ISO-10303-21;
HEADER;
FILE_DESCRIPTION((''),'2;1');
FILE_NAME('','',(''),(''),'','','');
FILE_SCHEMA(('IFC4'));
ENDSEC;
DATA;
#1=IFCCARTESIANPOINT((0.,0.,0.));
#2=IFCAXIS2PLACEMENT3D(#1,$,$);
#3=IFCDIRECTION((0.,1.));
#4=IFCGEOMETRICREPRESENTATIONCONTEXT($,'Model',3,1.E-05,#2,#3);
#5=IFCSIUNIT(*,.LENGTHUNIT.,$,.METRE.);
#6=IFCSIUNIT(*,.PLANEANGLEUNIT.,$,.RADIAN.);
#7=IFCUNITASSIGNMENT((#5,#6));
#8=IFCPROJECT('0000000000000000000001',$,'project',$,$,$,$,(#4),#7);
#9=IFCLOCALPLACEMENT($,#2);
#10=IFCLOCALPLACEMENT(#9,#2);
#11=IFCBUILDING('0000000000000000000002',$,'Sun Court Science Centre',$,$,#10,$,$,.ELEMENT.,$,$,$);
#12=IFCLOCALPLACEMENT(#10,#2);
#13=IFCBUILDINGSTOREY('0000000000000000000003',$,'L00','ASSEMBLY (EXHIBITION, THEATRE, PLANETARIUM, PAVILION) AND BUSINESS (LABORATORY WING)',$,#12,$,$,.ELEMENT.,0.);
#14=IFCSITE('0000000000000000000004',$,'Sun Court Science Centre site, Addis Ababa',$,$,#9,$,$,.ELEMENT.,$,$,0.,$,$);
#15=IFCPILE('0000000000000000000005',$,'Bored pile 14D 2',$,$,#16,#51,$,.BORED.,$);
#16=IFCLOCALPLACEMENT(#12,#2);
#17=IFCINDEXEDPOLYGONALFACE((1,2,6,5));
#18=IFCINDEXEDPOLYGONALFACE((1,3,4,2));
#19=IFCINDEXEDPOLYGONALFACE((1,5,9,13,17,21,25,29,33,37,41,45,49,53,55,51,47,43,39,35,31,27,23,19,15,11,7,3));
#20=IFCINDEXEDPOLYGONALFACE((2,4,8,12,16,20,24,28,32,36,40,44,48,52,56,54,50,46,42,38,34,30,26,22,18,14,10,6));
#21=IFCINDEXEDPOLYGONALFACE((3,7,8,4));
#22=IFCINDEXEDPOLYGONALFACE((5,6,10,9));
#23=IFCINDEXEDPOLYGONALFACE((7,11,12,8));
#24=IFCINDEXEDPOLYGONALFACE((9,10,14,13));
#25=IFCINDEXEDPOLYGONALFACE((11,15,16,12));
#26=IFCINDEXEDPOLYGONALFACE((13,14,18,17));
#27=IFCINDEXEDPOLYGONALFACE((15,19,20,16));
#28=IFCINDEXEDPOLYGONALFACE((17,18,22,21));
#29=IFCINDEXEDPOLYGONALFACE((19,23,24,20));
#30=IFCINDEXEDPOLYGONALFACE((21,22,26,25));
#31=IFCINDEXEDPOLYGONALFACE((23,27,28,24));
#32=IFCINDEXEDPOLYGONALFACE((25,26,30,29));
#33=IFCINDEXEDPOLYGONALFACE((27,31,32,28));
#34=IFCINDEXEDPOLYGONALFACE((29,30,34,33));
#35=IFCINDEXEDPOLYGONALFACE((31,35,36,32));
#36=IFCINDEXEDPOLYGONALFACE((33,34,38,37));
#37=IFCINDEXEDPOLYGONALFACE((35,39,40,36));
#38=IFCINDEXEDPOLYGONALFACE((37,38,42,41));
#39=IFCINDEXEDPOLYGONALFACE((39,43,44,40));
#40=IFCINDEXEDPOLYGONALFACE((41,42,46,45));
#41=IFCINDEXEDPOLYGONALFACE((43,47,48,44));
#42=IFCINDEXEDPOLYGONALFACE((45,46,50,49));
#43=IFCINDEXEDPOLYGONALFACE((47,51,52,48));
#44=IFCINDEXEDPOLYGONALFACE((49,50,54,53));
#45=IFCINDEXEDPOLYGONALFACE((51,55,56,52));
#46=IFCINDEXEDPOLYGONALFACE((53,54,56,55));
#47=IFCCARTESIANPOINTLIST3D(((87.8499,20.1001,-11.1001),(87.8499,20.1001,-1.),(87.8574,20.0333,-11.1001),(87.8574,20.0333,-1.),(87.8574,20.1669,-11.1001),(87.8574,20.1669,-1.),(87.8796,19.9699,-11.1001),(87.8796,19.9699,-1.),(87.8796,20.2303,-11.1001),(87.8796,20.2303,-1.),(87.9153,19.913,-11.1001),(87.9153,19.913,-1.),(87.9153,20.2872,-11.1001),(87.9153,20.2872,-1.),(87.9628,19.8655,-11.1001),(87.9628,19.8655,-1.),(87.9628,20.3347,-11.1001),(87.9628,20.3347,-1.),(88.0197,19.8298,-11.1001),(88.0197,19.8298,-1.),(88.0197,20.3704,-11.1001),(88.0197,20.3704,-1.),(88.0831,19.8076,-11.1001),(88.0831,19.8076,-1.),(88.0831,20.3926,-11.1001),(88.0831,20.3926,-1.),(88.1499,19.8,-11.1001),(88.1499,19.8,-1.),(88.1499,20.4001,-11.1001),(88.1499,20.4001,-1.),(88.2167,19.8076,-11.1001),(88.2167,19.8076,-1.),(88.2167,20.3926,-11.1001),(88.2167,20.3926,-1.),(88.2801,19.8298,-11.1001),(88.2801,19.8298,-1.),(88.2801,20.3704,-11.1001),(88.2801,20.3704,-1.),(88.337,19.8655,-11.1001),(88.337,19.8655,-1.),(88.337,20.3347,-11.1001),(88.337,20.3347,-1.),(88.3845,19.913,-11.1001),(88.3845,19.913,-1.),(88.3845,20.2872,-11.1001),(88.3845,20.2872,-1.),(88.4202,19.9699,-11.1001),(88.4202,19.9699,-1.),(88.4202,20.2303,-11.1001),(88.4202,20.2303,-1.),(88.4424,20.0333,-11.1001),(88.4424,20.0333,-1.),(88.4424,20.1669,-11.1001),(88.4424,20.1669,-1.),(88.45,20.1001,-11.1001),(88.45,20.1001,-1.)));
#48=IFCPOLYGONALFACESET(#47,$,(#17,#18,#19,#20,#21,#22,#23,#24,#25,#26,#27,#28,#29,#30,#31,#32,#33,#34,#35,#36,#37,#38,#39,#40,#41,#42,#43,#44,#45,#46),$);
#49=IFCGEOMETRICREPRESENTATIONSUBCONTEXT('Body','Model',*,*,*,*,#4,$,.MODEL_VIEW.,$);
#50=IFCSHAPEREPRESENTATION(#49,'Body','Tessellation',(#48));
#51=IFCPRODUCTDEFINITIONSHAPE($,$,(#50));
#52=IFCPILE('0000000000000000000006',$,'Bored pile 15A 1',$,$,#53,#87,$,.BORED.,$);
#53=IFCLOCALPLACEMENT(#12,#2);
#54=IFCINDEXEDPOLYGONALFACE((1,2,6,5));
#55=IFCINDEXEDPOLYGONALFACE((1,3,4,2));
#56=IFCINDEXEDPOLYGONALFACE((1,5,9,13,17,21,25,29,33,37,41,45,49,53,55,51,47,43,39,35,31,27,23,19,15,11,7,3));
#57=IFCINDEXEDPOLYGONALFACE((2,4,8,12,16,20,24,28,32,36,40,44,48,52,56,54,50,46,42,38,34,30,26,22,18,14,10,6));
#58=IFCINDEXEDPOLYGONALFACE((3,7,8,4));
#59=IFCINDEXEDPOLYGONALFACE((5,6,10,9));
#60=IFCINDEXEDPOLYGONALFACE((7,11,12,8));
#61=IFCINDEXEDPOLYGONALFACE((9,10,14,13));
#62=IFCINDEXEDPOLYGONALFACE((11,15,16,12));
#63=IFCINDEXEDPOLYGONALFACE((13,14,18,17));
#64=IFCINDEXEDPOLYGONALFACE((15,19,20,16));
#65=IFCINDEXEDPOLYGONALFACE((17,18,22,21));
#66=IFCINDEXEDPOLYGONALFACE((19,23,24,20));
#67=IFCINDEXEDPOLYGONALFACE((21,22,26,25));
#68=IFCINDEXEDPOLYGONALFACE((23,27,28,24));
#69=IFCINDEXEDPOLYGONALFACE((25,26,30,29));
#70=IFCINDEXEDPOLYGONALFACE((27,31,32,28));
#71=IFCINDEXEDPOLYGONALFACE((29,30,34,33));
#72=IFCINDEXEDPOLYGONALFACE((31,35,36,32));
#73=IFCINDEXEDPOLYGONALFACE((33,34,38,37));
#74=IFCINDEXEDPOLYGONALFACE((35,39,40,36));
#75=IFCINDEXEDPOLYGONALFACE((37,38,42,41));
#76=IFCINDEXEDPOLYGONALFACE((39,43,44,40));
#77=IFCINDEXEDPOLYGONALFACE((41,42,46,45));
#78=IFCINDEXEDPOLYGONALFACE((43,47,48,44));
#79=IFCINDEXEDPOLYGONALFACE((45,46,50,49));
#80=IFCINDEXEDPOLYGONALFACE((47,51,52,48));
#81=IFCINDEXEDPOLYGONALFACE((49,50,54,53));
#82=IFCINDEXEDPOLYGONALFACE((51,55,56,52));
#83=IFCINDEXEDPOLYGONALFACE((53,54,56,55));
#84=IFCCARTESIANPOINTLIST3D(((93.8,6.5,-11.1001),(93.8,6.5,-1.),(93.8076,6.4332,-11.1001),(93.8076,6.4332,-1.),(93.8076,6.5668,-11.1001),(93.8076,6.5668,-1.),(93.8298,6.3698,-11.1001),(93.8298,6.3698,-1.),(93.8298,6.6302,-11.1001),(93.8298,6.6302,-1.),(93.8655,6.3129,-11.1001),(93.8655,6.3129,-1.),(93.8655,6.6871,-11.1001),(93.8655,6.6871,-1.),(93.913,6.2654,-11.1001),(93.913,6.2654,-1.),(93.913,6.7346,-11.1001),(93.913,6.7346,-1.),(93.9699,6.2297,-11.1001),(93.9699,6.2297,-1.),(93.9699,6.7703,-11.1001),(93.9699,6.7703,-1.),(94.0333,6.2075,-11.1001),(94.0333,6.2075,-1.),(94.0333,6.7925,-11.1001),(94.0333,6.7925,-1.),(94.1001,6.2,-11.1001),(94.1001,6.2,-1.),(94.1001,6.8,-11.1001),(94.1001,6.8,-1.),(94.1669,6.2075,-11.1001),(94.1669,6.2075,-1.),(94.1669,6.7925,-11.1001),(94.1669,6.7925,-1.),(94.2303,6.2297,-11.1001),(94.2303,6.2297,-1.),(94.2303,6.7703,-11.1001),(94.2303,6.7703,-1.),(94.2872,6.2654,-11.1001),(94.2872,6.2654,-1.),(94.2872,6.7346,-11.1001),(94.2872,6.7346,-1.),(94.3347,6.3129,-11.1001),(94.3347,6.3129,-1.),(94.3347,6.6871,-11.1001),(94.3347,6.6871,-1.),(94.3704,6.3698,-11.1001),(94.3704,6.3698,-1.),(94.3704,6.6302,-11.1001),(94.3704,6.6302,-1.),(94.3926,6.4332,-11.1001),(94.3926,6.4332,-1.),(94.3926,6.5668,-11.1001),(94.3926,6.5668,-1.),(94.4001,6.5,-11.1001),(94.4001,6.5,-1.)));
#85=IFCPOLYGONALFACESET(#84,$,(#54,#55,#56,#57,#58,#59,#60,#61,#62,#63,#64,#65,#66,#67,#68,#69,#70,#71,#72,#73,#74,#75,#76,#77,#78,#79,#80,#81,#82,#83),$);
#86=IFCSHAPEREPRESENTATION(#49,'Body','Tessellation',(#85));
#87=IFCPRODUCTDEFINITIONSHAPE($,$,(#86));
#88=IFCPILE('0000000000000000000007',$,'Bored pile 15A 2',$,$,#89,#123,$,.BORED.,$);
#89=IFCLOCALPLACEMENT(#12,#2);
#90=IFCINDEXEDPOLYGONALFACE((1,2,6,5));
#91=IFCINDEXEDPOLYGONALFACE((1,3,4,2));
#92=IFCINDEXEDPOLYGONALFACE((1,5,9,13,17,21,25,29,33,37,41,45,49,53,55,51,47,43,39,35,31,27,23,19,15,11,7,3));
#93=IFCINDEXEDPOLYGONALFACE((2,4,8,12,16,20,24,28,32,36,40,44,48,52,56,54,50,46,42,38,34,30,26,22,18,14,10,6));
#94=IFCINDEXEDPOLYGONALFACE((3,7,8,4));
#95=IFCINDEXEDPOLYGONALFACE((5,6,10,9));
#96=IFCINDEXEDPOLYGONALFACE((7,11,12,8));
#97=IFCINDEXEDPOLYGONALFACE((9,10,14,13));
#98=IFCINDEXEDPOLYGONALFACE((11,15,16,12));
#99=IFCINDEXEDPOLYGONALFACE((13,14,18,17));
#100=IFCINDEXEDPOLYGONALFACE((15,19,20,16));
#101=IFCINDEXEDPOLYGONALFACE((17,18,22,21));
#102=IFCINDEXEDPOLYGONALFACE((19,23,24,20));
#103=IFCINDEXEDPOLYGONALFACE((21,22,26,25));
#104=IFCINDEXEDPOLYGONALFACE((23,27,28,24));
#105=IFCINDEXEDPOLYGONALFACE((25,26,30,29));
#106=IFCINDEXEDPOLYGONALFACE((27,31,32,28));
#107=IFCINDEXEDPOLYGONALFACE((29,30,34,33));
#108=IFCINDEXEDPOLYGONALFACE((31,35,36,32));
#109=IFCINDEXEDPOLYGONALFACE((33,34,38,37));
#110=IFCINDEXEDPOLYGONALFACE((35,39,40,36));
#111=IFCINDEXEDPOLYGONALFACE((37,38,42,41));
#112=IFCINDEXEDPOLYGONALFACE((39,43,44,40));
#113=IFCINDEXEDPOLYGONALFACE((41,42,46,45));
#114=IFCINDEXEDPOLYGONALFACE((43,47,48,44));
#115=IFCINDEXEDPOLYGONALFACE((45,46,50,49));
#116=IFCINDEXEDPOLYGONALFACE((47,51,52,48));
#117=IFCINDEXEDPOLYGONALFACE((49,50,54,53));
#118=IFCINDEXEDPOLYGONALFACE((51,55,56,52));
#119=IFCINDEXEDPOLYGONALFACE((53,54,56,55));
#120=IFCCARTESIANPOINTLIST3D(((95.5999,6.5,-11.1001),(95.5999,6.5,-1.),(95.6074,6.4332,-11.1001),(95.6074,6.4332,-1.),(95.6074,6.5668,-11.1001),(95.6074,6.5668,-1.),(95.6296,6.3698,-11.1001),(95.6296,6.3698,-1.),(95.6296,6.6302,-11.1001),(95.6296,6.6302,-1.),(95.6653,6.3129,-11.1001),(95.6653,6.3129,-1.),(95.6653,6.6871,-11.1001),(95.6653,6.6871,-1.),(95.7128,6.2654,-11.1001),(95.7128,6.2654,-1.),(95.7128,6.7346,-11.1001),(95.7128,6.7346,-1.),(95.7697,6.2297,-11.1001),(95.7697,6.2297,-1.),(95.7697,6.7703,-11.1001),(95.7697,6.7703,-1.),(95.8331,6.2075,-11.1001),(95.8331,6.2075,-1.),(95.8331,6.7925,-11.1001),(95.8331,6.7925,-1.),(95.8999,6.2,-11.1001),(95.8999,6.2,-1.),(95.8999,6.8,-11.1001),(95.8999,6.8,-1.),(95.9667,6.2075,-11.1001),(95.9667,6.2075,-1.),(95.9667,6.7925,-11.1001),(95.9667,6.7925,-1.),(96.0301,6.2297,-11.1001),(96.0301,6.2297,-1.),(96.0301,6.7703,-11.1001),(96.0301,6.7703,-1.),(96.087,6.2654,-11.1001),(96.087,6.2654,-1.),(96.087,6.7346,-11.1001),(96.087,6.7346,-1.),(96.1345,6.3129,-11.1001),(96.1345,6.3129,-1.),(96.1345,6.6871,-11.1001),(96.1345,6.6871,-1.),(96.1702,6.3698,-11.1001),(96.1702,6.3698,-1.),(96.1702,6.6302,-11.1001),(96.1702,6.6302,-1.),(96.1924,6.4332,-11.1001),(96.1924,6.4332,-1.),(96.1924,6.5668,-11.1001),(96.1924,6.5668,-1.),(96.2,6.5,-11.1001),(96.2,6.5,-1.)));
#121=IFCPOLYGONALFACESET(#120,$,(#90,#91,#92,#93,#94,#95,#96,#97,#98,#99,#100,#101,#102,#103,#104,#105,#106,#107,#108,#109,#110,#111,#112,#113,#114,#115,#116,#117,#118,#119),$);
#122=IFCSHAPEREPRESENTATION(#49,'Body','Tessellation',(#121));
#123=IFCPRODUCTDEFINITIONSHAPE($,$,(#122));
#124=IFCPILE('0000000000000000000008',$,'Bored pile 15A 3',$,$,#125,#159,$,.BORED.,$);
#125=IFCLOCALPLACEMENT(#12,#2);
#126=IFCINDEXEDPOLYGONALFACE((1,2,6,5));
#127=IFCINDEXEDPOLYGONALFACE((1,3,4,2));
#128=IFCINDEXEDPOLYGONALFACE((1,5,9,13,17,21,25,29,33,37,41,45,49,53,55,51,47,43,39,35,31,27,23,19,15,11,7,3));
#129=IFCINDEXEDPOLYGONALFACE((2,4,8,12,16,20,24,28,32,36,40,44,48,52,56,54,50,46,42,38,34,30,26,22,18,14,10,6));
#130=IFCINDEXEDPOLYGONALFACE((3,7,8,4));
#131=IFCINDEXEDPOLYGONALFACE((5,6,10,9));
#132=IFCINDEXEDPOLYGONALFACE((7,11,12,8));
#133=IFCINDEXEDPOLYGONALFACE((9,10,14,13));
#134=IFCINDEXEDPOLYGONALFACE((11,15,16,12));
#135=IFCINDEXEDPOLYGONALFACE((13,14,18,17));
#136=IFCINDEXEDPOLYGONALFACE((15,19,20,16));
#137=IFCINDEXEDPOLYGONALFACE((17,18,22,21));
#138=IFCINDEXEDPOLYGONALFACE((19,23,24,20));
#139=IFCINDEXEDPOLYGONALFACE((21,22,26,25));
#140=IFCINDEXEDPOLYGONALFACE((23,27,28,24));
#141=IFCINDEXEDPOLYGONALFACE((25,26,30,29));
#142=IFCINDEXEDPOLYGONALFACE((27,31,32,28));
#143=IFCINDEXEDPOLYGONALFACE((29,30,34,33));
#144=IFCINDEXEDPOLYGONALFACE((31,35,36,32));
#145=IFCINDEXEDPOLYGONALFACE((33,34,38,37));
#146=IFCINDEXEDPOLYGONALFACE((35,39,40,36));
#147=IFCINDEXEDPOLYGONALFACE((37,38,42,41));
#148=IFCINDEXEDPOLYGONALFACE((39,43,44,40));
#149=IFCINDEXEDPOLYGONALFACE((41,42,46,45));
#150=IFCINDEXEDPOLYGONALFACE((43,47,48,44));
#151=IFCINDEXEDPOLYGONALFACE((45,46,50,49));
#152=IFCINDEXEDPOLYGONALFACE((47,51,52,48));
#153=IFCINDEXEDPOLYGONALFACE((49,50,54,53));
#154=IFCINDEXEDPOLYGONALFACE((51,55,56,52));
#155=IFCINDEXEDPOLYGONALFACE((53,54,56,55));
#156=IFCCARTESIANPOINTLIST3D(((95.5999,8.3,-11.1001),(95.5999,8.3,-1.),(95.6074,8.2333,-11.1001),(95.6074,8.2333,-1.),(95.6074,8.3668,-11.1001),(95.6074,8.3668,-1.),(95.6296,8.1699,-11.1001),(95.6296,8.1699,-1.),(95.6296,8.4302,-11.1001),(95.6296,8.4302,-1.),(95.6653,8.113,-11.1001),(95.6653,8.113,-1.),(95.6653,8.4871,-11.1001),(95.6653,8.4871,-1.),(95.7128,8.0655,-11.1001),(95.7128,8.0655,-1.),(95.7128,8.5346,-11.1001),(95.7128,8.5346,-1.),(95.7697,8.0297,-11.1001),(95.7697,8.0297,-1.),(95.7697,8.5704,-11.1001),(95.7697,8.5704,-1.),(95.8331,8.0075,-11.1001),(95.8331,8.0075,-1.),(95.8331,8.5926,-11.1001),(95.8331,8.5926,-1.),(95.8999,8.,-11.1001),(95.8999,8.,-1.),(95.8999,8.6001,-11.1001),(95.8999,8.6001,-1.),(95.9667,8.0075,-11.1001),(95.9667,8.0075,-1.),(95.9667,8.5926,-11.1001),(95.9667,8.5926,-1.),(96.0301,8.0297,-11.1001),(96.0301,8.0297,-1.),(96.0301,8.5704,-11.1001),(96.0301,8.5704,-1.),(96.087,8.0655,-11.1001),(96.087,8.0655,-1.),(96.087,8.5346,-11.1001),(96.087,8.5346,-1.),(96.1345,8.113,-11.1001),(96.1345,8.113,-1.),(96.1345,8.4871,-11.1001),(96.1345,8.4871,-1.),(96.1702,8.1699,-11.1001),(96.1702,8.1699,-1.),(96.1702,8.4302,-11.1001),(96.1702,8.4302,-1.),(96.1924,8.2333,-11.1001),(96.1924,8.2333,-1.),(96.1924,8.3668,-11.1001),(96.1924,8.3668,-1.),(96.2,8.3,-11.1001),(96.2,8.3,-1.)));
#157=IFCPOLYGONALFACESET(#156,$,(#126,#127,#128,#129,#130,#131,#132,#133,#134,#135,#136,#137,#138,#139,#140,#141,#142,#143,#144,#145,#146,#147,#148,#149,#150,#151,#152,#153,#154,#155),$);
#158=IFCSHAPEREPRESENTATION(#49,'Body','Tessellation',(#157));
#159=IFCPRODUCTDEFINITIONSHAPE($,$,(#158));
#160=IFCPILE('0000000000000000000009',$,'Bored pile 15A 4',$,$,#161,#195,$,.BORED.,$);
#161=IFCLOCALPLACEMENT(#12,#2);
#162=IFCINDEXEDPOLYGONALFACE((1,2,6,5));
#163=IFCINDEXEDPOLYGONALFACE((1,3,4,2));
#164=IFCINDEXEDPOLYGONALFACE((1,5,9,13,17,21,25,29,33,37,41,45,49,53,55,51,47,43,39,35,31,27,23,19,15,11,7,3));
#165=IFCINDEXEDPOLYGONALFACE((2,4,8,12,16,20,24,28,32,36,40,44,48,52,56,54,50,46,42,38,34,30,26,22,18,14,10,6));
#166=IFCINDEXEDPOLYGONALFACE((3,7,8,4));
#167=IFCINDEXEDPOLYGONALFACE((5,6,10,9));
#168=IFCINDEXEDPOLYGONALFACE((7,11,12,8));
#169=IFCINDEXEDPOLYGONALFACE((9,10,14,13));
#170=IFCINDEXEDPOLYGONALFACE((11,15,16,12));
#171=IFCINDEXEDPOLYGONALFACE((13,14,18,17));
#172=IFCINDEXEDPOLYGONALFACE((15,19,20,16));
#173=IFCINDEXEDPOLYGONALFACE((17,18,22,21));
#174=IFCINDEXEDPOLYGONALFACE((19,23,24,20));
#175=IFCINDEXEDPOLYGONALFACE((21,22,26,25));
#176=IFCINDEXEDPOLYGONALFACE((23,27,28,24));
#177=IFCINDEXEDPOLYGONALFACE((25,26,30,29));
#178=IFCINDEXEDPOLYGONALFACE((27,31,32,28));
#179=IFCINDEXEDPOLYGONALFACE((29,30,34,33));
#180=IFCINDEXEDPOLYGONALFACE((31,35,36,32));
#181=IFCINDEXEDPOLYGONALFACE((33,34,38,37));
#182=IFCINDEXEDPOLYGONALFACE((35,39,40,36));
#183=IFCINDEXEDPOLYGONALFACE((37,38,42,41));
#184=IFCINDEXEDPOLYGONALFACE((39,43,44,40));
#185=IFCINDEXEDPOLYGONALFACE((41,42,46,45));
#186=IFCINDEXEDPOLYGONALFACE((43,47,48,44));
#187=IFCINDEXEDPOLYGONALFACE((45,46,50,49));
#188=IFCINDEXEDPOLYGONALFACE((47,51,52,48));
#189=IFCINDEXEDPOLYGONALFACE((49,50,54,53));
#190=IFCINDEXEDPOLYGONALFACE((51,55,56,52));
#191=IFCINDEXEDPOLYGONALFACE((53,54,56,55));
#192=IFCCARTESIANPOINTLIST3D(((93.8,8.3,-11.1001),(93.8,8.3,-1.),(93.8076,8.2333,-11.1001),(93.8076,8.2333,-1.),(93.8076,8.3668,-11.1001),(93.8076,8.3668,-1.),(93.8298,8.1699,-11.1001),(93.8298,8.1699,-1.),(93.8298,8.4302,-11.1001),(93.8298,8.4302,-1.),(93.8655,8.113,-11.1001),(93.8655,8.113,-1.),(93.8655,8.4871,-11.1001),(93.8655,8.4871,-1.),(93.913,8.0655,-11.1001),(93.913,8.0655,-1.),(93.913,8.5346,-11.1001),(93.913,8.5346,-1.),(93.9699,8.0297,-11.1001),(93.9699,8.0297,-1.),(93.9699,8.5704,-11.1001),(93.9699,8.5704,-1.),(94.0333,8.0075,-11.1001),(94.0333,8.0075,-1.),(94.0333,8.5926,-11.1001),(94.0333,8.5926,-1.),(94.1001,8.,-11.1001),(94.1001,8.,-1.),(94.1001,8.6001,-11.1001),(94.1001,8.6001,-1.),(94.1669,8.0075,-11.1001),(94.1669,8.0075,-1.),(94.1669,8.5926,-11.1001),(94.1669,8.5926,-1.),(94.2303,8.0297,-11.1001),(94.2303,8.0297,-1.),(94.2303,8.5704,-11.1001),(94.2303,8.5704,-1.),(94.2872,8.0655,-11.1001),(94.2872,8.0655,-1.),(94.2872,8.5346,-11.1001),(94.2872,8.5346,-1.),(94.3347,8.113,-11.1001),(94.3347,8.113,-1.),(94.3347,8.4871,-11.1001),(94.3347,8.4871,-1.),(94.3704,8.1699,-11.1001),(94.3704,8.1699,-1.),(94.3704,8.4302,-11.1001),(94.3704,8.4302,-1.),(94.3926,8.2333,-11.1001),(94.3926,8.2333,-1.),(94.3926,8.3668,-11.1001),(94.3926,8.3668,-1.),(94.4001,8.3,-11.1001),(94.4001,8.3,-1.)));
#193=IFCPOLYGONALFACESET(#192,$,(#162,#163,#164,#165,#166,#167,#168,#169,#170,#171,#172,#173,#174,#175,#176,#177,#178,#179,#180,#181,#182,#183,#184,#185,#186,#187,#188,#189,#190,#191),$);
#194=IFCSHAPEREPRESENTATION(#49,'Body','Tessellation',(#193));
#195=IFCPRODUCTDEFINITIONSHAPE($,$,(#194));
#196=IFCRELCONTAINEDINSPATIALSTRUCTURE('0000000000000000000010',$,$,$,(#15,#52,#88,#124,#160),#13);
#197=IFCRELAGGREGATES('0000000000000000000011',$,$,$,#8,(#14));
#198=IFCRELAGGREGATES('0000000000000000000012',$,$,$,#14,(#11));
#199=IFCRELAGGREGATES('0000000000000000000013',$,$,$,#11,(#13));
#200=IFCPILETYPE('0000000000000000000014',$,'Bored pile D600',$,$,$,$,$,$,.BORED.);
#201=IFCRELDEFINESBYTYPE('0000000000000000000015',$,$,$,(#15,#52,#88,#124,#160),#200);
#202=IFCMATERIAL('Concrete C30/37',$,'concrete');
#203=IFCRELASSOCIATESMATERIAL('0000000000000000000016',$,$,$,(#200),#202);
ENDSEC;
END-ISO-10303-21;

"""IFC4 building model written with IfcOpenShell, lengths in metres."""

from ifc_helpers import new_model, si_unit, direction, frame, origin, origin_2d, place, context, subcontext, project, spatial, circle, extrude, material, material_profile, profile_set, type_object, element, save


model = new_model("IFC4")

# Units and contexts
model_context = context("Model", 3, precision=1e-05, world=origin(), true_north=direction((0.0, 1.0)))
body_context = subcontext(model_context, "Body", "Model", "MODEL_VIEW")
ifc_project = project(units=[si_unit("LENGTHUNIT", "METRE"), si_unit("PLANEANGLEUNIT", "RADIAN")], contexts=[model_context])

# Site, building, storey
site_placement = place(None, origin())
site = spatial("IfcSite", under=ifc_project, at=site_placement, Name="Sun Court Science Centre site, Addis Ababa", CompositionType="ELEMENT", RefElevation=0.0)
building_placement = place(site_placement, origin())
building = spatial("IfcBuilding", under=site, at=building_placement, Name="Sun Court Science Centre", CompositionType="ELEMENT")
storey_placement = place(building_placement, origin())
storey = spatial("IfcBuildingStorey", under=building, at=storey_placement, Name="L00", Description="ASSEMBLY (EXHIBITION, THEATRE, PLANETARIUM, PAVILION) AND BUSINESS (LABORATORY WING)", CompositionType="ELEMENT", Elevation=0.0)

# Piles
ifc_material_1 = material(Name="Concrete C30/37", Category="concrete")
ifc_material_profile_1 = material_profile(ifc_material_1, circle(Radius=0.3, at=origin_2d()), Name="RC D600")
ifc_profile_set_1 = profile_set([ifc_material_profile_1], Name="Concrete C30/37")
pile_type = type_object("IfcPileType", Name="Bored pile D600", PredefinedType="BORED", material=ifc_profile_set_1)
for number, where, z_axis, x_axis, name in (
    (1, (88.1499, 20.1001, -1.0), (0.0, 0.0, -1.0), (1.0, 0.0, 0.0), "Bored pile 14D 2"),
    (2, (94.1001, 6.5, -1.0), (0.0, 0.0, -1.0), (1.0, 0.0, 0.0), "Bored pile 15A 1"),
    (3, (95.8999, 6.5, -1.0), (0.0, 0.0, -1.0), (1.0, 0.0, 0.0), "Bored pile 15A 2"),
    (4, (95.8999, 8.3, -1.0), (0.0, 0.0, -1.0), (1.0, 0.0, 0.0), "Bored pile 15A 3"),
    (5, (94.1001, 8.3, -1.0), (0.0, 0.0, -1.0), (1.0, 0.0, 0.0), "Bored pile 15A 4"),
):
    element("IfcPile", number, at=place(storey_placement, frame(where, z_axis=z_axis, x_axis=x_axis)), inside=storey, type_object=pile_type, Name=name, PredefinedType="BORED", context=body_context, shape_type="SweptSolid", body=[
        extrude(circle(Radius=0.3, at=origin_2d()), origin(), (0.0, 0.0, 1.0), 10.1001),
    ])

save(model, "model.ifc")
